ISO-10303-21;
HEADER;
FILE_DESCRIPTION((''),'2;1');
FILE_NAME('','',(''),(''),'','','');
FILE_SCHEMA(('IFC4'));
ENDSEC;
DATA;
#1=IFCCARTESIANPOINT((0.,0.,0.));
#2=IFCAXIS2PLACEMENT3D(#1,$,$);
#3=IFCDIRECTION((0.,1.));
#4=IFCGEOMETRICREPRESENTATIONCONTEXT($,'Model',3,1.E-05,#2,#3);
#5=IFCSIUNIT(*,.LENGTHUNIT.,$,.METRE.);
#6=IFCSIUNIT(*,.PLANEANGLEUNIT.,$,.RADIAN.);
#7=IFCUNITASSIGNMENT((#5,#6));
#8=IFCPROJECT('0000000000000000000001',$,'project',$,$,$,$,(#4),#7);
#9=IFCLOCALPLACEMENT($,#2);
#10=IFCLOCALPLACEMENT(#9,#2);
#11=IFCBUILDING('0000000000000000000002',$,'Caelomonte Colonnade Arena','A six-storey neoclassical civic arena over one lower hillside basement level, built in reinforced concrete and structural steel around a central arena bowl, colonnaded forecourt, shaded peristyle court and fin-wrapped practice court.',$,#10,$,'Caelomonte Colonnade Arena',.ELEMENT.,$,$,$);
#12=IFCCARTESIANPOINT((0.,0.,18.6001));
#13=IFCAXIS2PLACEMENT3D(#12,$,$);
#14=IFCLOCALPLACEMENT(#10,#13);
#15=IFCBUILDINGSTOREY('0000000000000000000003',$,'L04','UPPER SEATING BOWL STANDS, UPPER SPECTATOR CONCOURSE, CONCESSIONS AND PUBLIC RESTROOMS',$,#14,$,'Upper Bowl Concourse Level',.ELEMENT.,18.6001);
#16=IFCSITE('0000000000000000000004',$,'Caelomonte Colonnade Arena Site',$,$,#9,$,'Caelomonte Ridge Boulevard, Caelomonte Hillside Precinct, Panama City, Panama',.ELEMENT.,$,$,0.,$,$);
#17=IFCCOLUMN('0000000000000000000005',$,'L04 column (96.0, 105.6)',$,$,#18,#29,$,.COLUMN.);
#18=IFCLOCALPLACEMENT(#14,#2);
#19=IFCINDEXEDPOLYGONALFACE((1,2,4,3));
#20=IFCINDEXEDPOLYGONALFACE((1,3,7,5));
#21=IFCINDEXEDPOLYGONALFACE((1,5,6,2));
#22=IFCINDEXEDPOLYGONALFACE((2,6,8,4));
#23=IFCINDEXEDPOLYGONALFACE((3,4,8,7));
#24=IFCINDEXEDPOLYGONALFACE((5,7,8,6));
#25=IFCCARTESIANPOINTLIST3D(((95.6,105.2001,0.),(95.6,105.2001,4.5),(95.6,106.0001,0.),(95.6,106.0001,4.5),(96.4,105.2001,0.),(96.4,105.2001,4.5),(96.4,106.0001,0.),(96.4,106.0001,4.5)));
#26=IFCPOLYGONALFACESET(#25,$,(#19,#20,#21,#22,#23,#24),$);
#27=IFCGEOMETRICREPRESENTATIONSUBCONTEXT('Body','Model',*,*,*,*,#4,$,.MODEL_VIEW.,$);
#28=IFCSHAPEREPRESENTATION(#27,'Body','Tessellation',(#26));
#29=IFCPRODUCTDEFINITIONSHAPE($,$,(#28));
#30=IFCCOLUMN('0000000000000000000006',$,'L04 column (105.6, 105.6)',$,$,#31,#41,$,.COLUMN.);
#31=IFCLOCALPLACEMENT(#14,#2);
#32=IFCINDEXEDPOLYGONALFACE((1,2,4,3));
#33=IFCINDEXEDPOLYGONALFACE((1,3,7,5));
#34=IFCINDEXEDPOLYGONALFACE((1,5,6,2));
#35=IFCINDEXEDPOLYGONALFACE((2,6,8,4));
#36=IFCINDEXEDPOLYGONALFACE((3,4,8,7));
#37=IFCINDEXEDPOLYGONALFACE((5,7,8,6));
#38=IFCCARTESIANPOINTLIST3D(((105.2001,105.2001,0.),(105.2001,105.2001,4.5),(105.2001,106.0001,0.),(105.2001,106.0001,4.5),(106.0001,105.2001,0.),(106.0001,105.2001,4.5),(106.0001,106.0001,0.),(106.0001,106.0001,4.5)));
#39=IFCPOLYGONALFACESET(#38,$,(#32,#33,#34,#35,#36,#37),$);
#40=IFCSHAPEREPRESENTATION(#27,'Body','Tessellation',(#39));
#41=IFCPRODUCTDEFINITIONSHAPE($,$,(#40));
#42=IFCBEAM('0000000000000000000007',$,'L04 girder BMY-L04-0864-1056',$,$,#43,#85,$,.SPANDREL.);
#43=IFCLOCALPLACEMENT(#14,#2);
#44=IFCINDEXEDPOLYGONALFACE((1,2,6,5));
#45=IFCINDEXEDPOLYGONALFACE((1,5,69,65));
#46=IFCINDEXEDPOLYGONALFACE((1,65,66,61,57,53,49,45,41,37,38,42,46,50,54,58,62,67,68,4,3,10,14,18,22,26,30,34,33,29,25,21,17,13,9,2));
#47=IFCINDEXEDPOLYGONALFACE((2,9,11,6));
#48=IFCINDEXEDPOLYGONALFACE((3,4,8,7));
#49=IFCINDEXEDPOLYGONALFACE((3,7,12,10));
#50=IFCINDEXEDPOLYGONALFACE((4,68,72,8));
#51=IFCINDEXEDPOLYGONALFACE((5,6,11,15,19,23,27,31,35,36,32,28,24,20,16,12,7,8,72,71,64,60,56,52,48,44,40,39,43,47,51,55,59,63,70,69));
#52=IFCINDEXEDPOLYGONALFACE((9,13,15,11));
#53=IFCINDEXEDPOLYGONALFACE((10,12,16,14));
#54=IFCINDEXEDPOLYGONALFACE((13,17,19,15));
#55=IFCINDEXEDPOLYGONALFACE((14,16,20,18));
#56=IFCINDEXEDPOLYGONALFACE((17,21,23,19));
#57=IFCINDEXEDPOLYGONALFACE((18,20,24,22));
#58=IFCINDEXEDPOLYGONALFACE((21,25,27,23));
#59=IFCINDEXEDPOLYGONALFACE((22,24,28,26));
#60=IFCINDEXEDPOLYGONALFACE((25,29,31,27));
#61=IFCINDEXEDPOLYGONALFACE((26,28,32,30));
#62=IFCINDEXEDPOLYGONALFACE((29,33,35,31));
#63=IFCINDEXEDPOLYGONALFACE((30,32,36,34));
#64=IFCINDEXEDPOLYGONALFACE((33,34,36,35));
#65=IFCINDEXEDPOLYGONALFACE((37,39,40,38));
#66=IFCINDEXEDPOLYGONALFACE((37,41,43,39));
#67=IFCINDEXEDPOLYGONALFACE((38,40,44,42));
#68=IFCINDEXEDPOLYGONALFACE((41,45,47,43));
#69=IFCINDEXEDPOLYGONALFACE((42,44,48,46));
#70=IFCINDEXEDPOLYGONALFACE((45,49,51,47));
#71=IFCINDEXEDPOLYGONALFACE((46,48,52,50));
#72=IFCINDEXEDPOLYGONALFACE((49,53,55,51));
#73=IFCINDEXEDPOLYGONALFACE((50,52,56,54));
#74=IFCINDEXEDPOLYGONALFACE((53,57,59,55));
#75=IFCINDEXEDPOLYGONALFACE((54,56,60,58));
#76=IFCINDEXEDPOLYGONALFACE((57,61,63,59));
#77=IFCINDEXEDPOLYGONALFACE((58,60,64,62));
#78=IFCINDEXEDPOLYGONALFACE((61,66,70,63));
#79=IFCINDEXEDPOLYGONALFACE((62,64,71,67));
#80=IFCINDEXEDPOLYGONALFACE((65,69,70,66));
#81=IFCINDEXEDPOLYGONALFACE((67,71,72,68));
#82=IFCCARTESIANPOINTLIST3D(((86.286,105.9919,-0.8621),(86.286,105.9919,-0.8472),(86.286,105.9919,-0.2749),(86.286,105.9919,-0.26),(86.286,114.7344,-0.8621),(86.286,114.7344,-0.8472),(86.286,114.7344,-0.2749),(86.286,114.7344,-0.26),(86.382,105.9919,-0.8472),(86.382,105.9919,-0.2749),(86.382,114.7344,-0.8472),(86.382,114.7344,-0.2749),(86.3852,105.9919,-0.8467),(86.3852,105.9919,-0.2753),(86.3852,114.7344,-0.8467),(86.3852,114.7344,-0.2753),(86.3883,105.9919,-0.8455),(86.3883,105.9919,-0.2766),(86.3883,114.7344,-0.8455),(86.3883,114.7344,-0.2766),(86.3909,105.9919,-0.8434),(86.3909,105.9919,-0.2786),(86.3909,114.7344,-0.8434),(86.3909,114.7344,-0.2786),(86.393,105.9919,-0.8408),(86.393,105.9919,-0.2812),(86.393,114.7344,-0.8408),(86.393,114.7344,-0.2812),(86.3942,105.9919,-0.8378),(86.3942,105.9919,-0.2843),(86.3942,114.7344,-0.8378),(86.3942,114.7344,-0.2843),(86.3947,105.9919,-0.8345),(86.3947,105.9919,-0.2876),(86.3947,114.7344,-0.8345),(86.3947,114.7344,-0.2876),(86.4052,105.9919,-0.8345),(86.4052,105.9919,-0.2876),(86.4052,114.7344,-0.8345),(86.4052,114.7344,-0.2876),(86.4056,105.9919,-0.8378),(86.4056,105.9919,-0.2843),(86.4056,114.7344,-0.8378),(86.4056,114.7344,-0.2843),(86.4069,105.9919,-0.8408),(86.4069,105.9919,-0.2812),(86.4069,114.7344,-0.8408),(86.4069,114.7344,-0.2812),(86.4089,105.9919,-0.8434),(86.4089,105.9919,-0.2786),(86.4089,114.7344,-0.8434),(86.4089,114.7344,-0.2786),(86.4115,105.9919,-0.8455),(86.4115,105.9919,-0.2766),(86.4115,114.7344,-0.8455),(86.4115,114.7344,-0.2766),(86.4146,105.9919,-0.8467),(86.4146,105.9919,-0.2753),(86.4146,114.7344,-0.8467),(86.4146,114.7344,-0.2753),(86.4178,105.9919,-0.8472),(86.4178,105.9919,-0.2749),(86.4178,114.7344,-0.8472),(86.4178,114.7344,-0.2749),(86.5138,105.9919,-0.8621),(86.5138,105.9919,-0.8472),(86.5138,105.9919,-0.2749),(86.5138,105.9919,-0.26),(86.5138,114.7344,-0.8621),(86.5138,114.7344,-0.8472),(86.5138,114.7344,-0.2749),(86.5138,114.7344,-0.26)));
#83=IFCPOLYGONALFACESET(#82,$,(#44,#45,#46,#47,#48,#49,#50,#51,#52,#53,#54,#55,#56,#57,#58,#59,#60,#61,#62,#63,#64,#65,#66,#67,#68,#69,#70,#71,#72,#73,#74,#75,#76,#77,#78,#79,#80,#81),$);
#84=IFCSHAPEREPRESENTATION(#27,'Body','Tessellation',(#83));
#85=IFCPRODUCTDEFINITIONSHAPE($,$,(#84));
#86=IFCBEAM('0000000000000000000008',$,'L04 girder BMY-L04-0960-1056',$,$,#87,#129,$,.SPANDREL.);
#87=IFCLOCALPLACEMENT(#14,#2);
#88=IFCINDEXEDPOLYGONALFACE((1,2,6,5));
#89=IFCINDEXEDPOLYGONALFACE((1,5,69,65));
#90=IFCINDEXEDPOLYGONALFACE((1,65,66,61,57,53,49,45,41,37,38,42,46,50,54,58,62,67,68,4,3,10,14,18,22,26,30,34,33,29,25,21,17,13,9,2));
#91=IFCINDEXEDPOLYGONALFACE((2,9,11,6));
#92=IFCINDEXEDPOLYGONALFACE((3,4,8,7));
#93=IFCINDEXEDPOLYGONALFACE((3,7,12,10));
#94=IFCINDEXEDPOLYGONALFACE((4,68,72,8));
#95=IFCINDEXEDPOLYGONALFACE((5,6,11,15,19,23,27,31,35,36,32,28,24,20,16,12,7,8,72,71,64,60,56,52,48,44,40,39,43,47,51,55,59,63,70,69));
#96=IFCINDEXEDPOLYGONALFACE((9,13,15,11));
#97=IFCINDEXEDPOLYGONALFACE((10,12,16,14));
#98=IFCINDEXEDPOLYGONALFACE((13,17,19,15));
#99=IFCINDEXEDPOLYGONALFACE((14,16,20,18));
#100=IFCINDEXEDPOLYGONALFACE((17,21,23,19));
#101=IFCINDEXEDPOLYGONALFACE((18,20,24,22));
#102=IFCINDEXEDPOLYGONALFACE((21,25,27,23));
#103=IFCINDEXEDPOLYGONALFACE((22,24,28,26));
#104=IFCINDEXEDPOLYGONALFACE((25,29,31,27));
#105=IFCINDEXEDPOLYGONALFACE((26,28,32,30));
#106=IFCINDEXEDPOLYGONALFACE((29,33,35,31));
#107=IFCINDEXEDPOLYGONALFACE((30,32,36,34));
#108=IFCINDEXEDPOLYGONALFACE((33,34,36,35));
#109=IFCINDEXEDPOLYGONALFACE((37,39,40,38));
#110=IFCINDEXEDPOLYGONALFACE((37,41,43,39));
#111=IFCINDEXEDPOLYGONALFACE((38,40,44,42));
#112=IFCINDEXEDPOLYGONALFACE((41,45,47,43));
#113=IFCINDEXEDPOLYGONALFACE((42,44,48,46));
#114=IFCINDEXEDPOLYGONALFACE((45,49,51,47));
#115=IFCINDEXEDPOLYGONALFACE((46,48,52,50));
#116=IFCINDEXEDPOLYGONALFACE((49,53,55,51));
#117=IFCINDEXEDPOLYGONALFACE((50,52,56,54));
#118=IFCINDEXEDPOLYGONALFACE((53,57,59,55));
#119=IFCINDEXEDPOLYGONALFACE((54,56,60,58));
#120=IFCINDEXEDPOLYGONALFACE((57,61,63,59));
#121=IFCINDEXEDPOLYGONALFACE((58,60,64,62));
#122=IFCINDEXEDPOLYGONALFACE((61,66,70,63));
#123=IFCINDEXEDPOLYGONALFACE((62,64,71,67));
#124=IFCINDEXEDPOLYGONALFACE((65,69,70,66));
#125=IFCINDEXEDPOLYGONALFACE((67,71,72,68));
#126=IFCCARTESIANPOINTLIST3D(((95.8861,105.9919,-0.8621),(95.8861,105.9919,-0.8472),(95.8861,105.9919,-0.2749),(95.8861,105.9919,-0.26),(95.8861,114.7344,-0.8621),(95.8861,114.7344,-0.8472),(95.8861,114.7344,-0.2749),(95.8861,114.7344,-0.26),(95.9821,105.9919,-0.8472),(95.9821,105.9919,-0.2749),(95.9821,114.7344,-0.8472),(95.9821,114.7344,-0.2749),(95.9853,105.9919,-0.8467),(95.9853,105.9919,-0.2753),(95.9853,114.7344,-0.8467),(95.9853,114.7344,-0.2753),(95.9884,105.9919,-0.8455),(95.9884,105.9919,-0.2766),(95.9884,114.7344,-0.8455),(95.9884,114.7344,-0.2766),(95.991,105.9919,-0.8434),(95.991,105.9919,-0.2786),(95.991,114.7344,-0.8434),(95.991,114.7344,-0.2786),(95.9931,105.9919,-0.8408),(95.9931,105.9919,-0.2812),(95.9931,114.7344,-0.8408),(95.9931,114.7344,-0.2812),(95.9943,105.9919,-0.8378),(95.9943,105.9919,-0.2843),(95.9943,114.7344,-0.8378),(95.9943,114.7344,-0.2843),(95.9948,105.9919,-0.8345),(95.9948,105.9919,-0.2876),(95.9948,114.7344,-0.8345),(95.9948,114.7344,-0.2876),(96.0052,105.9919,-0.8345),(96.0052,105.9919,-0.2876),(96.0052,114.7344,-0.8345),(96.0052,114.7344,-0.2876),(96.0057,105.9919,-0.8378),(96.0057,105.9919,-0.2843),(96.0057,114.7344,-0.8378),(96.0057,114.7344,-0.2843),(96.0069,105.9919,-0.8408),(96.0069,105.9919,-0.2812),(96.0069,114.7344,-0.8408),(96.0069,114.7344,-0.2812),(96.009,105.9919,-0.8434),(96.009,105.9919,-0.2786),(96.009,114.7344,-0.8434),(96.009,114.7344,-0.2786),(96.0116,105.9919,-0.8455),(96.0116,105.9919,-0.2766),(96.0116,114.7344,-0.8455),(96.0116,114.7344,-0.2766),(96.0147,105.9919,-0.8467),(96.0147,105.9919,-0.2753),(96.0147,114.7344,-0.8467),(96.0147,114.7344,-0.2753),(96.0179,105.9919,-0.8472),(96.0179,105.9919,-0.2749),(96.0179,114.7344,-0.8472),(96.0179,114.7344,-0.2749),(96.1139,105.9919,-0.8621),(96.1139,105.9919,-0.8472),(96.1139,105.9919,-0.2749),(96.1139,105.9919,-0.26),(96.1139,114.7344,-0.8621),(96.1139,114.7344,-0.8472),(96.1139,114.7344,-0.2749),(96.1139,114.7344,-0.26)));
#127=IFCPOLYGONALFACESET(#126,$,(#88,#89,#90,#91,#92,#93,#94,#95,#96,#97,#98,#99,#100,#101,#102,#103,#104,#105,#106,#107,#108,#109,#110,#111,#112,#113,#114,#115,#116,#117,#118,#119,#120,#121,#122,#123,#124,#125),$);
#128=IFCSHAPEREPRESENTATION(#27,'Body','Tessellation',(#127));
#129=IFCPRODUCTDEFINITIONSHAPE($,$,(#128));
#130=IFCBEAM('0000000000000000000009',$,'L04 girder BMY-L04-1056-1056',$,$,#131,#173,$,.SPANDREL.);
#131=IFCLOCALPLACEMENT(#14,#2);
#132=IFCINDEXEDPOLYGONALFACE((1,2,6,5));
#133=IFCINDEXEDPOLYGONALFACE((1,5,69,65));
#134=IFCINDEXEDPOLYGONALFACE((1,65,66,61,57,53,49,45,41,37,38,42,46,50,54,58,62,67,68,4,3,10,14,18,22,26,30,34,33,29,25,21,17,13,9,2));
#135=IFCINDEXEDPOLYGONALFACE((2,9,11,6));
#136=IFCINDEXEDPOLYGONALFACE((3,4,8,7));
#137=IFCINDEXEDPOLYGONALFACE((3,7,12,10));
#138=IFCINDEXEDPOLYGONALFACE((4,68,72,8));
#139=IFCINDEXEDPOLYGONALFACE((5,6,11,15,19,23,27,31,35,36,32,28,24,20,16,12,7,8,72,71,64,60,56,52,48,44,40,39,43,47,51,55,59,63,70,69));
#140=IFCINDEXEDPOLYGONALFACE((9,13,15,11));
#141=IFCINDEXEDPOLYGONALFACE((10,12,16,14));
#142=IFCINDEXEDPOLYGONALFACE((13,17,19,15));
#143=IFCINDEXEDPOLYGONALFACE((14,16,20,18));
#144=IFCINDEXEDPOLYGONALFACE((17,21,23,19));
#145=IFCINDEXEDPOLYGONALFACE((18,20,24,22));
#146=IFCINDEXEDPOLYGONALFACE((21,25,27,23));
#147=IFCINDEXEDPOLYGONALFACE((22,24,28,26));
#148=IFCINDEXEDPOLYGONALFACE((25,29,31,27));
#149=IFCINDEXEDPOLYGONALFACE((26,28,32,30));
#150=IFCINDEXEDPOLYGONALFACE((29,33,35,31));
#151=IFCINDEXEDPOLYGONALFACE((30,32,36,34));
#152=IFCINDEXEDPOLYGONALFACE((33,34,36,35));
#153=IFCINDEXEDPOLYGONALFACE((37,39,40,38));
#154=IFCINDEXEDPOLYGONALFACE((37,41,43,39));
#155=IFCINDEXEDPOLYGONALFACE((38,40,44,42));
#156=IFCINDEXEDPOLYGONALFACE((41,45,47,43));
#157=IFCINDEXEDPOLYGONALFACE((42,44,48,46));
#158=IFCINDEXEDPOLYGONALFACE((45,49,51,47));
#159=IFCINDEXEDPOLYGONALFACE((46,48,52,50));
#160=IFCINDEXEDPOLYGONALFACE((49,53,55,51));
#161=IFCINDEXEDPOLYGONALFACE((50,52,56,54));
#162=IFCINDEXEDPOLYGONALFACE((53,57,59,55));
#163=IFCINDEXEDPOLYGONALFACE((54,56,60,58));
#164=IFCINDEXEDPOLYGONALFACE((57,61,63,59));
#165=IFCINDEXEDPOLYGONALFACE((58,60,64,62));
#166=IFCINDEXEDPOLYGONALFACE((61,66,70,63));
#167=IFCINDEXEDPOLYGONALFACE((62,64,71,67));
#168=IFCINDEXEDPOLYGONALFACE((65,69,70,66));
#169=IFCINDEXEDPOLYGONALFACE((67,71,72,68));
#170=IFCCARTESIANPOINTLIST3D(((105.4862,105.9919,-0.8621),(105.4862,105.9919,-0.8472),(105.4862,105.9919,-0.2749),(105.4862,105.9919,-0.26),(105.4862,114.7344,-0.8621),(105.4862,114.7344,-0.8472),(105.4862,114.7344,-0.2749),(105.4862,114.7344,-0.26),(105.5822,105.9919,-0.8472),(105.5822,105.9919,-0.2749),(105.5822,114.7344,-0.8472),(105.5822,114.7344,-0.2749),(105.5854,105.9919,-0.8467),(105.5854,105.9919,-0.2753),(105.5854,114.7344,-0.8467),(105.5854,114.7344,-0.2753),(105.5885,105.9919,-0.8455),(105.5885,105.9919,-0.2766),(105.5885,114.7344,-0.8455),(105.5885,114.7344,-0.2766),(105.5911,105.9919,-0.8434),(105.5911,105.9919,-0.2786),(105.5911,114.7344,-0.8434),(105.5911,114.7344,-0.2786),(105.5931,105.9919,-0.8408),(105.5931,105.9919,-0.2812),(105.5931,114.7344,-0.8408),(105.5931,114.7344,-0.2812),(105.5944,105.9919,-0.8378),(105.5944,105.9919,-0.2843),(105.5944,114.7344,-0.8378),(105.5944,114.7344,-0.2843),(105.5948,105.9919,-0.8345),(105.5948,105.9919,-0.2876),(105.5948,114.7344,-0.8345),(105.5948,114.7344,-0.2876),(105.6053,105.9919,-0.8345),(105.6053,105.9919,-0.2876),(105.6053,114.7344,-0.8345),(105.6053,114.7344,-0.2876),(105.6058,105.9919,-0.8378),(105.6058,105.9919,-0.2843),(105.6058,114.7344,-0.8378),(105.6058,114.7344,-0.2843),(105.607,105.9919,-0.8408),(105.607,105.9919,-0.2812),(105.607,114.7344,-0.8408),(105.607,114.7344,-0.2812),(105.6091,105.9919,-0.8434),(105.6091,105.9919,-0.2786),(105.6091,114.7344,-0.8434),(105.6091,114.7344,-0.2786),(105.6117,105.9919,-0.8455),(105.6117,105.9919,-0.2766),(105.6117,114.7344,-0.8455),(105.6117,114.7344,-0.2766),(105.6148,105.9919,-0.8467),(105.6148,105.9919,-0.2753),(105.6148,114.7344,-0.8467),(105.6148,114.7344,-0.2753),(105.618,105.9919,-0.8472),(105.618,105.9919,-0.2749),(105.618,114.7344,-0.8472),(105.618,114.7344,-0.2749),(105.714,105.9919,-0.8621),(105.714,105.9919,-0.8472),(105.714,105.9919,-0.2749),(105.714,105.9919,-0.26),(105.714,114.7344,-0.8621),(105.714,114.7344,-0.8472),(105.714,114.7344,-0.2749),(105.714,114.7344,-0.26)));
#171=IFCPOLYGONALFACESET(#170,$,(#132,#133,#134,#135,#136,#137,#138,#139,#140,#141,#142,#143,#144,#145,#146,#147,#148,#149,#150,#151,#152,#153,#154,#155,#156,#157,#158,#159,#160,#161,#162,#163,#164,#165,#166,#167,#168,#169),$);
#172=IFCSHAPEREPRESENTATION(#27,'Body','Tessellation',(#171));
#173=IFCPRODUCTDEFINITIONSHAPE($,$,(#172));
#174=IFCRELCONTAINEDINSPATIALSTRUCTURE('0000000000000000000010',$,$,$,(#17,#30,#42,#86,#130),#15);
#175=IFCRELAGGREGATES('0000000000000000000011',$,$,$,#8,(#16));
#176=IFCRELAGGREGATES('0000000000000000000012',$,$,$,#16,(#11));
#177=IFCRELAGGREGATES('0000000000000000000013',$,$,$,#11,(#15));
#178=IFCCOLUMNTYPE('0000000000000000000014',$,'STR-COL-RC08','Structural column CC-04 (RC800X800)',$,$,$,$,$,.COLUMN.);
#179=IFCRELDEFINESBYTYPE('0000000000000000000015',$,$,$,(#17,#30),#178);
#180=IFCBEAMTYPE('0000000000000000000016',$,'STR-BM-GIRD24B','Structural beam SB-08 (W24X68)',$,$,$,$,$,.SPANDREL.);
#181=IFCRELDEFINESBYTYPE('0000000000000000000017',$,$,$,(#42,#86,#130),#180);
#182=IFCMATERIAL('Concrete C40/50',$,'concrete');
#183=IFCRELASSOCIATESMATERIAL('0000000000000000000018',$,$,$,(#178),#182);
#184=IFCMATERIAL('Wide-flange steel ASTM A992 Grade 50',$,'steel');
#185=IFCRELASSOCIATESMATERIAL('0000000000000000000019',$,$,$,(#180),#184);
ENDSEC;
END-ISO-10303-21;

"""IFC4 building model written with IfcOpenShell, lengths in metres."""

from ifc_helpers import new_model, si_unit, direction, frame, origin, origin_2d, place, context, subcontext, project, spatial, rectangle, i_section, extrude, material, material_profile, profile_set, type_object, element, save


model = new_model("IFC4")

# Units and contexts
model_context = context("Model", 3, precision=1e-05, world=origin(), true_north=direction((0.0, 1.0)))
body_context = subcontext(model_context, "Body", "Model", "MODEL_VIEW")
ifc_project = project(units=[si_unit("LENGTHUNIT", "METRE"), si_unit("PLANEANGLEUNIT", "RADIAN")], contexts=[model_context])

# Site, building, storey
site_placement = place(None, origin())
site = spatial("IfcSite", under=ifc_project, at=site_placement, Name="Caelomonte Colonnade Arena Site", LongName="Caelomonte Ridge Boulevard, Caelomonte Hillside Precinct, Panama City, Panama", CompositionType="ELEMENT", RefElevation=0.0)
building_placement = place(site_placement, origin())
building = spatial("IfcBuilding", under=site, at=building_placement, Name="Caelomonte Colonnade Arena", Description="A six-storey neoclassical civic arena over one lower hillside basement level, built in reinforced concrete and structural steel around a central arena bowl, colonnaded forecourt, shaded peristyle court and fin-wrapped practice court.", LongName="Caelomonte Colonnade Arena", CompositionType="ELEMENT")
storey_placement = place(building_placement, frame((0.0, 0.0, 18.6001)))
storey = spatial("IfcBuildingStorey", under=building, at=storey_placement, Name="L04", Description="UPPER SEATING BOWL STANDS, UPPER SPECTATOR CONCOURSE, CONCESSIONS AND PUBLIC RESTROOMS", LongName="Upper Bowl Concourse Level", CompositionType="ELEMENT", Elevation=18.6001)

# Columns
ifc_material_1 = material(Name="Concrete C40/50", Category="concrete")
ifc_material_profile_1 = material_profile(ifc_material_1, rectangle(XDim=0.8, YDim=0.8, at=origin_2d()), Name="RC800X800")
ifc_profile_set_1 = profile_set([ifc_material_profile_1], Name="Concrete C40/50")
column_type = type_object("IfcColumnType", Name="STR-COL-RC08", Description="Structural column CC-04 (RC800X800)", PredefinedType="COLUMN", material=ifc_profile_set_1)
for number, where, z_axis, x_axis, name in (
    (1, (96.0, 105.6001, 0.0), (0.0, 0.0, 1.0), (1.0, 0.0, 0.0), "L04 column (96.0, 105.6)"),
    (2, (105.6001, 105.6001, 0.0), (0.0, 0.0, 1.0), (1.0, 0.0, 0.0), "L04 column (105.6, 105.6)"),
):
    element("IfcColumn", number, at=place(storey_placement, frame(where, z_axis=z_axis, x_axis=x_axis)), inside=storey, type_object=column_type, Name=name, PredefinedType="COLUMN", context=body_context, shape_type="SweptSolid", body=[
        extrude(rectangle(XDim=0.8, YDim=0.8, at=origin_2d()), origin(), (0.0, 0.0, 1.0), 4.5),
    ])

# Beams
ifc_material_2 = material(Name="Wide-flange steel ASTM A992 Grade 50", Category="steel")
ifc_material_profile_2 = material_profile(ifc_material_2, i_section(OverallWidth=0.2278, OverallDepth=0.6021, WebThickness=0.0105, FlangeThickness=0.0149, FilletRadius=0.0127, at=origin_2d()), Name="W24X68")
ifc_profile_set_2 = profile_set([ifc_material_profile_2], Name="Wide-flange steel ASTM A992 Grade 50")
beam_type_1 = type_object("IfcBeamType", Name="STR-BM-GIRD24B", Description="Structural beam SB-08 (W24X68)", PredefinedType="SPANDREL", material=ifc_profile_set_2)
for number, where, z_axis, x_axis, name in (
    (3, (86.3999, 105.9919, -0.561), (0.0, 1.0, 0.0), (-1.0, 0.0, 0.0), "L04 girder BMY-L04-0864-1056"),
    (4, (96.0, 105.9919, -0.561), (0.0, 1.0, 0.0), (-1.0, 0.0, 0.0), "L04 girder BMY-L04-0960-1056"),
    (5, (105.6001, 105.9919, -0.561), (0.0, 1.0, 0.0), (-1.0, 0.0, 0.0), "L04 girder BMY-L04-1056-1056"),
):
    element("IfcBeam", number, at=place(storey_placement, frame(where, z_axis=z_axis, x_axis=x_axis)), inside=storey, type_object=beam_type_1, Name=name, PredefinedType="SPANDREL", context=body_context, shape_type="SweptSolid", body=[
        extrude(i_section(OverallWidth=0.2278, OverallDepth=0.6021, WebThickness=0.0105, FlangeThickness=0.0149, FilletRadius=0.0127, at=origin_2d()), origin(), (0.0, 0.0, 1.0), 8.7424),
    ])

save(model, "model.ifc")
